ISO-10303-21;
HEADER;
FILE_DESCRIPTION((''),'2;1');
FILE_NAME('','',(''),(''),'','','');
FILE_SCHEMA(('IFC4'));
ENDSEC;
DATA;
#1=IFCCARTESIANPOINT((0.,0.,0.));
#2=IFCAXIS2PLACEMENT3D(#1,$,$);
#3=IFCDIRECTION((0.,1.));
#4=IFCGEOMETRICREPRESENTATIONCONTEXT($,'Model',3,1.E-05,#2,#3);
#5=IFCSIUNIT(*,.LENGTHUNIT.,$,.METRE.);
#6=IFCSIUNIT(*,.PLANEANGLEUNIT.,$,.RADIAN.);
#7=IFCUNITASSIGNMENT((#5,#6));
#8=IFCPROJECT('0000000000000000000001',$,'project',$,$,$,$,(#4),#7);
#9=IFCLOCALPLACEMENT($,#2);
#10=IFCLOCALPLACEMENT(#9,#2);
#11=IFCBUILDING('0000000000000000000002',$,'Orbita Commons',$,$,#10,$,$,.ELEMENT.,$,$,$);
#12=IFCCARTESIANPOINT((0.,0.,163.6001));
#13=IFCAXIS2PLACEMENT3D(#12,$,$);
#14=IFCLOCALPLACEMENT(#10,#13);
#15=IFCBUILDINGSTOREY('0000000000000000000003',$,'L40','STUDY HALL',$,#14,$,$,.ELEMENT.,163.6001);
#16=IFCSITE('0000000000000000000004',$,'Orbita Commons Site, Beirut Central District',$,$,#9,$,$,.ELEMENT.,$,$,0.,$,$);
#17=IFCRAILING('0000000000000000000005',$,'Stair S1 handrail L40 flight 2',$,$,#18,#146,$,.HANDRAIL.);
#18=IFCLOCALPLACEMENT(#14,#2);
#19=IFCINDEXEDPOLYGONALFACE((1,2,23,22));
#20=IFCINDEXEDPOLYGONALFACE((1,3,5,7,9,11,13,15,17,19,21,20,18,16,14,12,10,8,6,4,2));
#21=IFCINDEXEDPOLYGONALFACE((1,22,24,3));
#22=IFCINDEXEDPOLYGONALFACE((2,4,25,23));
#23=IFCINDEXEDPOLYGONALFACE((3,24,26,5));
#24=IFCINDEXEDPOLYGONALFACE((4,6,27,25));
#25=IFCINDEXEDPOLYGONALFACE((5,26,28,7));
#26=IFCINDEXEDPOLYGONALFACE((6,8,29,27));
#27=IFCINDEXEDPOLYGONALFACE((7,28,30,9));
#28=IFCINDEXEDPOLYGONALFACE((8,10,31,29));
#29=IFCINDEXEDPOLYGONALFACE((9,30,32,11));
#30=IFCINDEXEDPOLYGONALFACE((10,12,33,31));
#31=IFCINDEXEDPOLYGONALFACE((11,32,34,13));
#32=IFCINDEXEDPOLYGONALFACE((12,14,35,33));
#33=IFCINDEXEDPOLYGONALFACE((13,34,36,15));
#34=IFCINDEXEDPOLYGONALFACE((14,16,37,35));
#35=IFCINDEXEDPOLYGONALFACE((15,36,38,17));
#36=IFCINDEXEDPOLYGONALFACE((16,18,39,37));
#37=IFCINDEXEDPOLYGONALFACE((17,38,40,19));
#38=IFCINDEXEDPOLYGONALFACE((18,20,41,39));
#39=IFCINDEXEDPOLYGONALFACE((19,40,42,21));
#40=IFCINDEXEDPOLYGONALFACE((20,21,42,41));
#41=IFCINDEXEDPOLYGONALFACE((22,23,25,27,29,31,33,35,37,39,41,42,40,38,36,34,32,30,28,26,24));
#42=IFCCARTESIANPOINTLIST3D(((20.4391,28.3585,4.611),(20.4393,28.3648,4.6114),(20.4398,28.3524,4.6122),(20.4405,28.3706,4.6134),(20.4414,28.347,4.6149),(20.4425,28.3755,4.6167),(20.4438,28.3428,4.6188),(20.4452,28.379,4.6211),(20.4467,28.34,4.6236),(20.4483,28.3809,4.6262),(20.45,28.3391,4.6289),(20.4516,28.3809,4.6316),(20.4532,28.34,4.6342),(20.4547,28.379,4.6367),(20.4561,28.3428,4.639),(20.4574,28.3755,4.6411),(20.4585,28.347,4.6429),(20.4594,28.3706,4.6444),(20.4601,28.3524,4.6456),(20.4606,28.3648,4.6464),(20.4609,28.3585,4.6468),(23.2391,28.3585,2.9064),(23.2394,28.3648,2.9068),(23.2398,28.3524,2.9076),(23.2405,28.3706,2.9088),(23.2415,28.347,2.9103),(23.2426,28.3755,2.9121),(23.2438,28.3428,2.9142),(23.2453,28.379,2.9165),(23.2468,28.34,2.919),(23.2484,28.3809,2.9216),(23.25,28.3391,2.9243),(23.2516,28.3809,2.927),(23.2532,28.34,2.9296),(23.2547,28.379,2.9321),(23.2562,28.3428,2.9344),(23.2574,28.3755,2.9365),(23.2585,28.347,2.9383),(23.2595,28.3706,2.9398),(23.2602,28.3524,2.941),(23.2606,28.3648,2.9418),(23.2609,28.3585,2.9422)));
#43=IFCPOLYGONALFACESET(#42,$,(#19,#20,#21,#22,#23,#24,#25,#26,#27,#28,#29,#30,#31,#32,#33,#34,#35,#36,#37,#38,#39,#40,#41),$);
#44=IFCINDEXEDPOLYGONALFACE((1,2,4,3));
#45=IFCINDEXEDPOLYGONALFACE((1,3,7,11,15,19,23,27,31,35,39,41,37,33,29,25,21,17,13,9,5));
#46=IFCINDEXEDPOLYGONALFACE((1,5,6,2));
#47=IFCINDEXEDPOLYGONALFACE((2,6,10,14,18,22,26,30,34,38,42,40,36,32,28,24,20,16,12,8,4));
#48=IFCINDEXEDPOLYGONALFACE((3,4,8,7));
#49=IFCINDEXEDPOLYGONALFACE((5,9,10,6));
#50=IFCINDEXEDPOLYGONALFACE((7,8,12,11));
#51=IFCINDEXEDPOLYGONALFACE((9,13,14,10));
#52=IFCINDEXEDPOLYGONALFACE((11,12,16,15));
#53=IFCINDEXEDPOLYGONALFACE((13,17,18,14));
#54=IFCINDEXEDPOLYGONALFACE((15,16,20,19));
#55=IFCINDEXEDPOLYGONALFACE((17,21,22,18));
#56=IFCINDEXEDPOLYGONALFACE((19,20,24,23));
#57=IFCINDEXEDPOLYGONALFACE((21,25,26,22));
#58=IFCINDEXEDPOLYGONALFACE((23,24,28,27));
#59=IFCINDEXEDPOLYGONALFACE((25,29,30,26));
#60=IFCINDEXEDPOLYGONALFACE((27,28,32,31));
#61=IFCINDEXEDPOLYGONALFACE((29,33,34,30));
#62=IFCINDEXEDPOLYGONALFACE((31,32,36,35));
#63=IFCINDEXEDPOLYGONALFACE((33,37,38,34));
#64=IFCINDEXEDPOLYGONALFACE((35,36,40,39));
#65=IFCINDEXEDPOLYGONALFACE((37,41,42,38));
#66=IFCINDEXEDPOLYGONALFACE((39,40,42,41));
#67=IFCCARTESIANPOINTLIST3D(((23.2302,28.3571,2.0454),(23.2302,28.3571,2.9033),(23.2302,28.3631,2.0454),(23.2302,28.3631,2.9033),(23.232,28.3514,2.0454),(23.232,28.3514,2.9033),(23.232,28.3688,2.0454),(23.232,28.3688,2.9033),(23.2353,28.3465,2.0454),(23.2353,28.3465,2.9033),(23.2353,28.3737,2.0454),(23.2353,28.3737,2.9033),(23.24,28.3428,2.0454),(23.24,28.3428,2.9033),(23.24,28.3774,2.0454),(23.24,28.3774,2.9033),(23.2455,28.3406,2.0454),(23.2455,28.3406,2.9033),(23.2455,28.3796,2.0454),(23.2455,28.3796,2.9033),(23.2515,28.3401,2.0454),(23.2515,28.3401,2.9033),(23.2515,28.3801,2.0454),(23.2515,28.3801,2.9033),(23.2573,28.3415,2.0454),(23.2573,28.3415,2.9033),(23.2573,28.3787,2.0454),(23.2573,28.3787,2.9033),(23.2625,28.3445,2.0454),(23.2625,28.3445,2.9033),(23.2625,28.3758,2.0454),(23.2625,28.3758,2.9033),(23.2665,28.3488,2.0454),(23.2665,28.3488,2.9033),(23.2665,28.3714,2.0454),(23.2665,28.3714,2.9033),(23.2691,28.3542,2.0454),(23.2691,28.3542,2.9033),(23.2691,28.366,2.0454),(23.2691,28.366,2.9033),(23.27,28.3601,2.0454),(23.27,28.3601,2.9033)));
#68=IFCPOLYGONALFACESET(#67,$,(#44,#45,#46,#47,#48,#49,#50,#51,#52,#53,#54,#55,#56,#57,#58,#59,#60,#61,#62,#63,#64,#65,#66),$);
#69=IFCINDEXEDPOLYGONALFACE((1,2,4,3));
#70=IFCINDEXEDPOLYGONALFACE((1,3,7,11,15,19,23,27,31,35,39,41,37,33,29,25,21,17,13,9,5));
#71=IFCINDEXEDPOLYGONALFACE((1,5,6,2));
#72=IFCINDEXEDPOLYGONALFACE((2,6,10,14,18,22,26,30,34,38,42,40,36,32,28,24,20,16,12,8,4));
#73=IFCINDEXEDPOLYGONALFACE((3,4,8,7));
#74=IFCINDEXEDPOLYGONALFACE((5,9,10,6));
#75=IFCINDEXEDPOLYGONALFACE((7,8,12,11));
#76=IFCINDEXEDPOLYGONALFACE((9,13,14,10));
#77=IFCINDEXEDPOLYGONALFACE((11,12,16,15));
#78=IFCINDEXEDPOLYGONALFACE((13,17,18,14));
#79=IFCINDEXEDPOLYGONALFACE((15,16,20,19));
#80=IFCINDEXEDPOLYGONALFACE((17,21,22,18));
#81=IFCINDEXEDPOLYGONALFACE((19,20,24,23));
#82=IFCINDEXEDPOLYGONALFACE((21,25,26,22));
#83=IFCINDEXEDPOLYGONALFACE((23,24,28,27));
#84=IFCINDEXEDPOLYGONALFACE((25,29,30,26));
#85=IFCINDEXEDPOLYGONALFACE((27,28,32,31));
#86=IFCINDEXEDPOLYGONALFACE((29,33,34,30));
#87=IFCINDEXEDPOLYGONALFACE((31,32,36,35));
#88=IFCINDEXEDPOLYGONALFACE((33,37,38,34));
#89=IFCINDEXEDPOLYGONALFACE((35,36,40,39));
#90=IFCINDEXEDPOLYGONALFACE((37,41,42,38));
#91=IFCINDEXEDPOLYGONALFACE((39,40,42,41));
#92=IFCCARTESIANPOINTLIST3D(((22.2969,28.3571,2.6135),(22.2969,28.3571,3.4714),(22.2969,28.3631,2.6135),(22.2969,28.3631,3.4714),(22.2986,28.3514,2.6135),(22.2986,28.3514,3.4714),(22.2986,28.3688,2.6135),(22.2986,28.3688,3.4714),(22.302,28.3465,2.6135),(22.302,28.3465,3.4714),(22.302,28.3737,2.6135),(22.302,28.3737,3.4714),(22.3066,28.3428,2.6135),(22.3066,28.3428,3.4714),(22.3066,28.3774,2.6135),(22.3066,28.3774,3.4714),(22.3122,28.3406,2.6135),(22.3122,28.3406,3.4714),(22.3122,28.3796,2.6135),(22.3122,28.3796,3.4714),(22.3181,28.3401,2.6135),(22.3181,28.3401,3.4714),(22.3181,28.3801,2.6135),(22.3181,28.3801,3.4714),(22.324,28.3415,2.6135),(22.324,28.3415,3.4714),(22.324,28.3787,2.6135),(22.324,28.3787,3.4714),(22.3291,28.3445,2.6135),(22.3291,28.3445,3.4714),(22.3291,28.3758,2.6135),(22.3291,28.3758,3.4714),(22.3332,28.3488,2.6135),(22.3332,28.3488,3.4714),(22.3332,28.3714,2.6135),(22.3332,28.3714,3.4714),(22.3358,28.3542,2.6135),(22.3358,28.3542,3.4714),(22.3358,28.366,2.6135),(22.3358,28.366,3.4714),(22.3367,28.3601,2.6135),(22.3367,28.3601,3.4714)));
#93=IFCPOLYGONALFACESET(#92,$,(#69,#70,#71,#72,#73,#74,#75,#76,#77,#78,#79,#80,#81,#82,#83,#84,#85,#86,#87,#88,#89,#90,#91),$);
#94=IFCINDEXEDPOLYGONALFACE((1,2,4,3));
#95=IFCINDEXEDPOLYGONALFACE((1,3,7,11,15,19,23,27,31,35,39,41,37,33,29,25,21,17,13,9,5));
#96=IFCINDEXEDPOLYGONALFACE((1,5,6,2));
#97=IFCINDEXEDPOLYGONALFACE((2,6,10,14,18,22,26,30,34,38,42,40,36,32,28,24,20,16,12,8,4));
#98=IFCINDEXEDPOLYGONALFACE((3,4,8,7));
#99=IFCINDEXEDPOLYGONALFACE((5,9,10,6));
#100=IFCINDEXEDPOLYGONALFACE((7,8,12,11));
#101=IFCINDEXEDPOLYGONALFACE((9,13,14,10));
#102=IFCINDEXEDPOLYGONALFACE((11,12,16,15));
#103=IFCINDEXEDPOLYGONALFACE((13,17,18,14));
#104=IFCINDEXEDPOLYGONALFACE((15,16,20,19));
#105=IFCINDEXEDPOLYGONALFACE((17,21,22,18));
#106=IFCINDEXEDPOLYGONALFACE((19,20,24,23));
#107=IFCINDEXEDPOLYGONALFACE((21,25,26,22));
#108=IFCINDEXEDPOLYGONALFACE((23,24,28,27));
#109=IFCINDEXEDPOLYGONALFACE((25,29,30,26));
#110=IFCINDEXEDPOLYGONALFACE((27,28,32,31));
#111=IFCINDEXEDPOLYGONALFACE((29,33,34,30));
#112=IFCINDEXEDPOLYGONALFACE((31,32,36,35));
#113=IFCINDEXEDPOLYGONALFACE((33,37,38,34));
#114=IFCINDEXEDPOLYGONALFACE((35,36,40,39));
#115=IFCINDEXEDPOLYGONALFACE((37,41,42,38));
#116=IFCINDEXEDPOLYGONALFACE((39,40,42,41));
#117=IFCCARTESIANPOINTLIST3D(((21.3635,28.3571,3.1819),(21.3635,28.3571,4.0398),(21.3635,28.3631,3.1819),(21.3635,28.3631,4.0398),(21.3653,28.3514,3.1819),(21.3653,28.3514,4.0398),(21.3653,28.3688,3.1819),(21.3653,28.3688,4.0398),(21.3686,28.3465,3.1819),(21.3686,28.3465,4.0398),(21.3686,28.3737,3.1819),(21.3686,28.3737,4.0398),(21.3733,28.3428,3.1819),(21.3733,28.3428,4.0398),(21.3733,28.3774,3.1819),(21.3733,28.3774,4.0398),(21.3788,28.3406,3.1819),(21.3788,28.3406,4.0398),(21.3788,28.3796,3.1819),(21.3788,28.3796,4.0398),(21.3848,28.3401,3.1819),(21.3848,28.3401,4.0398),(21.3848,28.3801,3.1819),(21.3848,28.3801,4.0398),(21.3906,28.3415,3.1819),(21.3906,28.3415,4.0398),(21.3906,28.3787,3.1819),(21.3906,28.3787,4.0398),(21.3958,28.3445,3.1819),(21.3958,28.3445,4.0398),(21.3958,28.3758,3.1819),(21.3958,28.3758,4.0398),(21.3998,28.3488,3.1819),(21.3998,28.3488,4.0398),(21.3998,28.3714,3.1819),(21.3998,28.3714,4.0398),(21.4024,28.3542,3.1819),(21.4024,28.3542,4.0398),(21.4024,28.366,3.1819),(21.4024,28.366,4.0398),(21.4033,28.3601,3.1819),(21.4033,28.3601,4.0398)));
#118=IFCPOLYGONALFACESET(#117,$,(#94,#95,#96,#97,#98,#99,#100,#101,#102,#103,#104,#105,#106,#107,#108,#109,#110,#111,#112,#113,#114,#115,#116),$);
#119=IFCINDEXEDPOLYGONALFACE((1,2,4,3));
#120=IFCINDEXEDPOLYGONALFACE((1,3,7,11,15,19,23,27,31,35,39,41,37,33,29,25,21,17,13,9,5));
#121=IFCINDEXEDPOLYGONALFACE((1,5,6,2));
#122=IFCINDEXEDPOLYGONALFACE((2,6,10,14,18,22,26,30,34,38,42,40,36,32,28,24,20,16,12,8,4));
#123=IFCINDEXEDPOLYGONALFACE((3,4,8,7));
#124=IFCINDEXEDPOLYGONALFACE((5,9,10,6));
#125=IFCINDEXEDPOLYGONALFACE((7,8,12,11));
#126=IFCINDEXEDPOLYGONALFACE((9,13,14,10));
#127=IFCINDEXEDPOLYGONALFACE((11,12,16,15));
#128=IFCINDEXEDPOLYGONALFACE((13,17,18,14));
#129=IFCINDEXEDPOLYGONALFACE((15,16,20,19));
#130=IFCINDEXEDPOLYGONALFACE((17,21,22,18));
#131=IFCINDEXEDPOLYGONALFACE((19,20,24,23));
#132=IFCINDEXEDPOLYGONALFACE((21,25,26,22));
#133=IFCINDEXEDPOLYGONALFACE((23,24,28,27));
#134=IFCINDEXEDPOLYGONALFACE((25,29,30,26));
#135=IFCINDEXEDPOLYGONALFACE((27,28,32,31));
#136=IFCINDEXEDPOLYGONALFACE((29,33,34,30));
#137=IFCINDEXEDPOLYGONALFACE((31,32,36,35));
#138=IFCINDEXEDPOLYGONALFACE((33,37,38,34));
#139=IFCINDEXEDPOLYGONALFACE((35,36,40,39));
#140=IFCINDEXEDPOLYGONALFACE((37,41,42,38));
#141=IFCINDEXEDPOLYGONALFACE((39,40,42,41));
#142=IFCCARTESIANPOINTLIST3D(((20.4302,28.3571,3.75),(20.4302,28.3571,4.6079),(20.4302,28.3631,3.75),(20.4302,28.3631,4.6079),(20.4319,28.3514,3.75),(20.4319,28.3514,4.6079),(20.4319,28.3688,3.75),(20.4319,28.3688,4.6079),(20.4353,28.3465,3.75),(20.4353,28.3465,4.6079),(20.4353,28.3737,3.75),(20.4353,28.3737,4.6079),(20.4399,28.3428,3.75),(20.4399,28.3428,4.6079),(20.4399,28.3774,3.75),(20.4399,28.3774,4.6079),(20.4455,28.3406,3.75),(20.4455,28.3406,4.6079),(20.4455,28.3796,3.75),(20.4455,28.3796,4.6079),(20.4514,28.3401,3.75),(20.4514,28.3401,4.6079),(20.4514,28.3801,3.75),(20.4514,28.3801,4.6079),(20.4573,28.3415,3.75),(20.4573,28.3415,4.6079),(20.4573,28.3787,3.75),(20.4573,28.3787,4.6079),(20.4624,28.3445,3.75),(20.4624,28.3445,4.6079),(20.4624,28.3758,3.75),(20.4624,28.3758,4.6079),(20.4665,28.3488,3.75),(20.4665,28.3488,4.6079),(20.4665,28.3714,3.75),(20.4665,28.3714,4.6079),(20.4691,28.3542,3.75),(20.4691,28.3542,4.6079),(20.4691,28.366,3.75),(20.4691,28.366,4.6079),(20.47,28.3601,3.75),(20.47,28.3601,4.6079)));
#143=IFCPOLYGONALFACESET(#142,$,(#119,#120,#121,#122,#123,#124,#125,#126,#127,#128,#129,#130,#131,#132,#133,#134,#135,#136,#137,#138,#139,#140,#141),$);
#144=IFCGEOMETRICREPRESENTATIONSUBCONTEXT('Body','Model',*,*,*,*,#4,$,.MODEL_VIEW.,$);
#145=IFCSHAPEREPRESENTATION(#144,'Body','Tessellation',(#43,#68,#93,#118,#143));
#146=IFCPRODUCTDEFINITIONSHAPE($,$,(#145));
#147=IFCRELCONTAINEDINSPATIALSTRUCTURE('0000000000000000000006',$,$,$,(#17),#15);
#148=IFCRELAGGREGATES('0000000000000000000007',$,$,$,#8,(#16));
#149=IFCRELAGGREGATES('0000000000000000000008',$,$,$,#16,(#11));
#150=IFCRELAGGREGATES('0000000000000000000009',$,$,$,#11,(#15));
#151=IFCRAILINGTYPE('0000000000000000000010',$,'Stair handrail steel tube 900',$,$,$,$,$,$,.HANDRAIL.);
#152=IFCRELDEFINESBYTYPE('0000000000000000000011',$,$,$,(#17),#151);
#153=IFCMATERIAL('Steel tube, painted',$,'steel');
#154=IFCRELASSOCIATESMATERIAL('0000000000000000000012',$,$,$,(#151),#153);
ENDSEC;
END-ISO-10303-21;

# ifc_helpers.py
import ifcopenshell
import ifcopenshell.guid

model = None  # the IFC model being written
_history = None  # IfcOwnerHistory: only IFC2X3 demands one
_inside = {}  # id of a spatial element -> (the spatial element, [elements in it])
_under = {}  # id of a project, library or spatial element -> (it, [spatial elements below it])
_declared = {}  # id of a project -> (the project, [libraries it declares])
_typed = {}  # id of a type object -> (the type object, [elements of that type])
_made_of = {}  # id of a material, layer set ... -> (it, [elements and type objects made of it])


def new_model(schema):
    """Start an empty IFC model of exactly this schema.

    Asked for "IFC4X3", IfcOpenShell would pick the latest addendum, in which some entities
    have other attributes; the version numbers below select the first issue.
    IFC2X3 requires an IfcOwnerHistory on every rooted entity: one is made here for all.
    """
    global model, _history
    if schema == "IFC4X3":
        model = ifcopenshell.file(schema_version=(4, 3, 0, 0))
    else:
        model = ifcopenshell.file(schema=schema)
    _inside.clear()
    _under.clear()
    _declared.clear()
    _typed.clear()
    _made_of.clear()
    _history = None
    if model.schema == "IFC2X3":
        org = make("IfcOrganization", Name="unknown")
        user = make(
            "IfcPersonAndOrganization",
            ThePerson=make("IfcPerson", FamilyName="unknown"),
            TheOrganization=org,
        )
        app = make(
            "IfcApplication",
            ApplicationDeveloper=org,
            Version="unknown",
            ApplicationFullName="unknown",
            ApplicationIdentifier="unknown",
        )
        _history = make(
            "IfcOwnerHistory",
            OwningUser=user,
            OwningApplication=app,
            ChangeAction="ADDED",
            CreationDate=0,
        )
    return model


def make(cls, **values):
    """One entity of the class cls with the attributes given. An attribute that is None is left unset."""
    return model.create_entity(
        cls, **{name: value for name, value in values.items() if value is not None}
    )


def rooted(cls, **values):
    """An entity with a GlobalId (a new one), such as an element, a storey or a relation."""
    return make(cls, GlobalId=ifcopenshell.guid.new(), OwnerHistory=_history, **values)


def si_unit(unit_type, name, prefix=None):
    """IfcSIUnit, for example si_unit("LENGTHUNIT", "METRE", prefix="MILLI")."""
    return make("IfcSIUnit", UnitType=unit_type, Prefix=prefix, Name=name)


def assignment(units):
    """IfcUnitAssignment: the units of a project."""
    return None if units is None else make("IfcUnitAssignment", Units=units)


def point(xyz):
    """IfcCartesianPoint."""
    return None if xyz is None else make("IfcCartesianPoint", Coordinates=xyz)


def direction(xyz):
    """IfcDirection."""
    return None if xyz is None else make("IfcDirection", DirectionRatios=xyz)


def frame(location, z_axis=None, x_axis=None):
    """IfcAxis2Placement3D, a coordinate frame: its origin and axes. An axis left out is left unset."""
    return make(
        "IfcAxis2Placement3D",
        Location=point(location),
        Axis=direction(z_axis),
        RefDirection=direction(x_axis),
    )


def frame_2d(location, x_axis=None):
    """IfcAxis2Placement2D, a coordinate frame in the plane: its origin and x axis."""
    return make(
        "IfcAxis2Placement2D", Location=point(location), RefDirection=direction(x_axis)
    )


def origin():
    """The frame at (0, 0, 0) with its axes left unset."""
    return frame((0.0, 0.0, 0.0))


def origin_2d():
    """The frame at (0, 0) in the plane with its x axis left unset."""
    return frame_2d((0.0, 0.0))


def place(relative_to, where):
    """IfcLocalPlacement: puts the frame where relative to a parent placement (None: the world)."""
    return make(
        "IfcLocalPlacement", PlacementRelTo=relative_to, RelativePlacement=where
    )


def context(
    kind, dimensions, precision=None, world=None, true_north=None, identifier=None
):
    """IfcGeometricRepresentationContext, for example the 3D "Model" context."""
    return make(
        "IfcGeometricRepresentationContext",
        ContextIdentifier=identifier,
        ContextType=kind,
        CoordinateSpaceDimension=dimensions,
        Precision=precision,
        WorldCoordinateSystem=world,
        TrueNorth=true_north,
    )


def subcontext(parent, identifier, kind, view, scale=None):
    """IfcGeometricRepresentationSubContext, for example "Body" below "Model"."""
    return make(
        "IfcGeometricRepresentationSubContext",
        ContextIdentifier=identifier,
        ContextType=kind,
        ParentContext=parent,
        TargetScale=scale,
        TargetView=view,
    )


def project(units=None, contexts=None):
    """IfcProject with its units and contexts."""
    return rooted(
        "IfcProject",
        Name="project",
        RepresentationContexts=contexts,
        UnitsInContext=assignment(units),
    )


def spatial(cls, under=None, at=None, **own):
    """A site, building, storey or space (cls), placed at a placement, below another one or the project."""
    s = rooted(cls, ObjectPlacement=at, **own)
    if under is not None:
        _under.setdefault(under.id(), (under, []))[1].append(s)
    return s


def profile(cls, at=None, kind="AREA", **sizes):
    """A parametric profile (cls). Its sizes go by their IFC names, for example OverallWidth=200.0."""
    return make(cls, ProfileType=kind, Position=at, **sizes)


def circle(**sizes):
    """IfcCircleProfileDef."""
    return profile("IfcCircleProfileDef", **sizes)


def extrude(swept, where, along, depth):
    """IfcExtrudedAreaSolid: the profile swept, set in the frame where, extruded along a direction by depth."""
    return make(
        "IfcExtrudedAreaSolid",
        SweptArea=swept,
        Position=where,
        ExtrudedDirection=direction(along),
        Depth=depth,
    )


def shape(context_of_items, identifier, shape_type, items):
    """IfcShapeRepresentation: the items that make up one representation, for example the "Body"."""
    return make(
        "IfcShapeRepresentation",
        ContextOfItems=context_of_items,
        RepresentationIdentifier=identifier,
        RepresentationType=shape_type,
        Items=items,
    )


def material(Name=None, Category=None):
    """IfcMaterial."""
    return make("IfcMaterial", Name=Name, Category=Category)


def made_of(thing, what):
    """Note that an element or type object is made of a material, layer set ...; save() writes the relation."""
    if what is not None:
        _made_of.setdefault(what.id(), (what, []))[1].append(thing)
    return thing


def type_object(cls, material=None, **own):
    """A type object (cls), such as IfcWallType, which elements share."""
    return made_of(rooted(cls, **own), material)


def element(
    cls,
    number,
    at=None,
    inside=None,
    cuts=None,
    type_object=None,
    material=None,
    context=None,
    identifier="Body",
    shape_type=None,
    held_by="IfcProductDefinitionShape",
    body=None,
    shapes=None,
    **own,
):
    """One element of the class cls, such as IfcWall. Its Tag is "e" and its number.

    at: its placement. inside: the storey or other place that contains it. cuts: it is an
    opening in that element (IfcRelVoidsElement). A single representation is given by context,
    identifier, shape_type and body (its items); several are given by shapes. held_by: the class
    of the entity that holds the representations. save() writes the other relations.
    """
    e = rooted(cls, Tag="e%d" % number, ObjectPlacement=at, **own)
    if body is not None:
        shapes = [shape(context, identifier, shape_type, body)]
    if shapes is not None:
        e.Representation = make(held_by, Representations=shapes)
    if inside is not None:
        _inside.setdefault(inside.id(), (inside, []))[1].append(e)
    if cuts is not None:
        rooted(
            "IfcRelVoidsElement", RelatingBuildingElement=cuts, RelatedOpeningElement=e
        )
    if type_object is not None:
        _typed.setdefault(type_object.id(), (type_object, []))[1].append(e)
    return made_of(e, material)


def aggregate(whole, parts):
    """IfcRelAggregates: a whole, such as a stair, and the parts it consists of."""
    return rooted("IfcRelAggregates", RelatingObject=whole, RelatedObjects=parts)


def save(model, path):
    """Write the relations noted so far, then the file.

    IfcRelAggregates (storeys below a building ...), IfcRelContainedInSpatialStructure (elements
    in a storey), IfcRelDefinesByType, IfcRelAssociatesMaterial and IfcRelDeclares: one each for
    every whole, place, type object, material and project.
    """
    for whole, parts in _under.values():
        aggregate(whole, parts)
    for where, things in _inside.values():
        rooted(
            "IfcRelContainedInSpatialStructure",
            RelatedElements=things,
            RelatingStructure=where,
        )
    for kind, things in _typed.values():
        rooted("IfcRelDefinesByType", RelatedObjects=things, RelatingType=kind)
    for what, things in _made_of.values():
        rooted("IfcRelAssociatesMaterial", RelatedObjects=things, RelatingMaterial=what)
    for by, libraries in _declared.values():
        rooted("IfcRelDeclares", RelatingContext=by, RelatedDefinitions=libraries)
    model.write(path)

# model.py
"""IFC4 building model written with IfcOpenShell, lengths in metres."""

from ifc_helpers import new_model, si_unit, direction, frame, origin, origin_2d, place, context, subcontext, project, spatial, circle, extrude, material, type_object, element, save


model = new_model("IFC4")

# Units and contexts
model_context = context("Model", 3, precision=1e-05, world=origin(), true_north=direction((0.0, 1.0)))
body_context = subcontext(model_context, "Body", "Model", "MODEL_VIEW")
ifc_project = project(units=[si_unit("LENGTHUNIT", "METRE"), si_unit("PLANEANGLEUNIT", "RADIAN")], contexts=[model_context])

# Site, building, storey
site_placement = place(None, origin())
site = spatial("IfcSite", under=ifc_project, at=site_placement, Name="Orbita Commons Site, Beirut Central District", CompositionType="ELEMENT", RefElevation=0.0)
building_placement = place(site_placement, origin())
building = spatial("IfcBuilding", under=site, at=building_placement, Name="Orbita Commons", CompositionType="ELEMENT")
storey_placement = place(building_placement, frame((0.0, 0.0, 163.6001)))
storey = spatial("IfcBuildingStorey", under=building, at=storey_placement, Name="L40", Description="STUDY HALL", CompositionType="ELEMENT", Elevation=163.6001)

# Railing
ifc_material_1 = material(Name="Steel tube, painted", Category="steel")
railing_type = type_object("IfcRailingType", Name="Stair handrail steel tube 900", PredefinedType="HANDRAIL", material=ifc_material_1)
railing_placement = place(storey_placement, frame((23.25, 28.3601, 2.0454)))
element("IfcRailing", 1, at=railing_placement, inside=storey, type_object=railing_type, Name="Stair S1 handrail L40 flight 2", PredefinedType="HANDRAIL", context=body_context, shape_type="SweptSolid", body=[
    extrude(circle(Radius=0.021, at=origin_2d()), frame((0.0, 0.0, 0.8789), z_axis=(-0.85417, 0.0, 0.519994), x_axis=(0.0, -1.0, 0.0)), (0.0, 0.0, 1.0), 3.2781),
    extrude(circle(Radius=0.02, at=origin_2d()), origin(), (0.0, 0.0, 1.0), 0.8579),
    extrude(circle(Radius=0.02, at=origin_2d()), frame((-0.9333, 0.0, 0.5681)), (0.0, 0.0, 1.0), 0.8579),
    extrude(circle(Radius=0.02, at=origin_2d()), frame((-1.8667, 0.0, 1.1365)), (0.0, 0.0, 1.0), 0.8579),
    extrude(circle(Radius=0.02, at=origin_2d()), frame((-2.8, 0.0, 1.7046)), (0.0, 0.0, 1.0), 0.8579),
])

save(model, "model.ifc")
